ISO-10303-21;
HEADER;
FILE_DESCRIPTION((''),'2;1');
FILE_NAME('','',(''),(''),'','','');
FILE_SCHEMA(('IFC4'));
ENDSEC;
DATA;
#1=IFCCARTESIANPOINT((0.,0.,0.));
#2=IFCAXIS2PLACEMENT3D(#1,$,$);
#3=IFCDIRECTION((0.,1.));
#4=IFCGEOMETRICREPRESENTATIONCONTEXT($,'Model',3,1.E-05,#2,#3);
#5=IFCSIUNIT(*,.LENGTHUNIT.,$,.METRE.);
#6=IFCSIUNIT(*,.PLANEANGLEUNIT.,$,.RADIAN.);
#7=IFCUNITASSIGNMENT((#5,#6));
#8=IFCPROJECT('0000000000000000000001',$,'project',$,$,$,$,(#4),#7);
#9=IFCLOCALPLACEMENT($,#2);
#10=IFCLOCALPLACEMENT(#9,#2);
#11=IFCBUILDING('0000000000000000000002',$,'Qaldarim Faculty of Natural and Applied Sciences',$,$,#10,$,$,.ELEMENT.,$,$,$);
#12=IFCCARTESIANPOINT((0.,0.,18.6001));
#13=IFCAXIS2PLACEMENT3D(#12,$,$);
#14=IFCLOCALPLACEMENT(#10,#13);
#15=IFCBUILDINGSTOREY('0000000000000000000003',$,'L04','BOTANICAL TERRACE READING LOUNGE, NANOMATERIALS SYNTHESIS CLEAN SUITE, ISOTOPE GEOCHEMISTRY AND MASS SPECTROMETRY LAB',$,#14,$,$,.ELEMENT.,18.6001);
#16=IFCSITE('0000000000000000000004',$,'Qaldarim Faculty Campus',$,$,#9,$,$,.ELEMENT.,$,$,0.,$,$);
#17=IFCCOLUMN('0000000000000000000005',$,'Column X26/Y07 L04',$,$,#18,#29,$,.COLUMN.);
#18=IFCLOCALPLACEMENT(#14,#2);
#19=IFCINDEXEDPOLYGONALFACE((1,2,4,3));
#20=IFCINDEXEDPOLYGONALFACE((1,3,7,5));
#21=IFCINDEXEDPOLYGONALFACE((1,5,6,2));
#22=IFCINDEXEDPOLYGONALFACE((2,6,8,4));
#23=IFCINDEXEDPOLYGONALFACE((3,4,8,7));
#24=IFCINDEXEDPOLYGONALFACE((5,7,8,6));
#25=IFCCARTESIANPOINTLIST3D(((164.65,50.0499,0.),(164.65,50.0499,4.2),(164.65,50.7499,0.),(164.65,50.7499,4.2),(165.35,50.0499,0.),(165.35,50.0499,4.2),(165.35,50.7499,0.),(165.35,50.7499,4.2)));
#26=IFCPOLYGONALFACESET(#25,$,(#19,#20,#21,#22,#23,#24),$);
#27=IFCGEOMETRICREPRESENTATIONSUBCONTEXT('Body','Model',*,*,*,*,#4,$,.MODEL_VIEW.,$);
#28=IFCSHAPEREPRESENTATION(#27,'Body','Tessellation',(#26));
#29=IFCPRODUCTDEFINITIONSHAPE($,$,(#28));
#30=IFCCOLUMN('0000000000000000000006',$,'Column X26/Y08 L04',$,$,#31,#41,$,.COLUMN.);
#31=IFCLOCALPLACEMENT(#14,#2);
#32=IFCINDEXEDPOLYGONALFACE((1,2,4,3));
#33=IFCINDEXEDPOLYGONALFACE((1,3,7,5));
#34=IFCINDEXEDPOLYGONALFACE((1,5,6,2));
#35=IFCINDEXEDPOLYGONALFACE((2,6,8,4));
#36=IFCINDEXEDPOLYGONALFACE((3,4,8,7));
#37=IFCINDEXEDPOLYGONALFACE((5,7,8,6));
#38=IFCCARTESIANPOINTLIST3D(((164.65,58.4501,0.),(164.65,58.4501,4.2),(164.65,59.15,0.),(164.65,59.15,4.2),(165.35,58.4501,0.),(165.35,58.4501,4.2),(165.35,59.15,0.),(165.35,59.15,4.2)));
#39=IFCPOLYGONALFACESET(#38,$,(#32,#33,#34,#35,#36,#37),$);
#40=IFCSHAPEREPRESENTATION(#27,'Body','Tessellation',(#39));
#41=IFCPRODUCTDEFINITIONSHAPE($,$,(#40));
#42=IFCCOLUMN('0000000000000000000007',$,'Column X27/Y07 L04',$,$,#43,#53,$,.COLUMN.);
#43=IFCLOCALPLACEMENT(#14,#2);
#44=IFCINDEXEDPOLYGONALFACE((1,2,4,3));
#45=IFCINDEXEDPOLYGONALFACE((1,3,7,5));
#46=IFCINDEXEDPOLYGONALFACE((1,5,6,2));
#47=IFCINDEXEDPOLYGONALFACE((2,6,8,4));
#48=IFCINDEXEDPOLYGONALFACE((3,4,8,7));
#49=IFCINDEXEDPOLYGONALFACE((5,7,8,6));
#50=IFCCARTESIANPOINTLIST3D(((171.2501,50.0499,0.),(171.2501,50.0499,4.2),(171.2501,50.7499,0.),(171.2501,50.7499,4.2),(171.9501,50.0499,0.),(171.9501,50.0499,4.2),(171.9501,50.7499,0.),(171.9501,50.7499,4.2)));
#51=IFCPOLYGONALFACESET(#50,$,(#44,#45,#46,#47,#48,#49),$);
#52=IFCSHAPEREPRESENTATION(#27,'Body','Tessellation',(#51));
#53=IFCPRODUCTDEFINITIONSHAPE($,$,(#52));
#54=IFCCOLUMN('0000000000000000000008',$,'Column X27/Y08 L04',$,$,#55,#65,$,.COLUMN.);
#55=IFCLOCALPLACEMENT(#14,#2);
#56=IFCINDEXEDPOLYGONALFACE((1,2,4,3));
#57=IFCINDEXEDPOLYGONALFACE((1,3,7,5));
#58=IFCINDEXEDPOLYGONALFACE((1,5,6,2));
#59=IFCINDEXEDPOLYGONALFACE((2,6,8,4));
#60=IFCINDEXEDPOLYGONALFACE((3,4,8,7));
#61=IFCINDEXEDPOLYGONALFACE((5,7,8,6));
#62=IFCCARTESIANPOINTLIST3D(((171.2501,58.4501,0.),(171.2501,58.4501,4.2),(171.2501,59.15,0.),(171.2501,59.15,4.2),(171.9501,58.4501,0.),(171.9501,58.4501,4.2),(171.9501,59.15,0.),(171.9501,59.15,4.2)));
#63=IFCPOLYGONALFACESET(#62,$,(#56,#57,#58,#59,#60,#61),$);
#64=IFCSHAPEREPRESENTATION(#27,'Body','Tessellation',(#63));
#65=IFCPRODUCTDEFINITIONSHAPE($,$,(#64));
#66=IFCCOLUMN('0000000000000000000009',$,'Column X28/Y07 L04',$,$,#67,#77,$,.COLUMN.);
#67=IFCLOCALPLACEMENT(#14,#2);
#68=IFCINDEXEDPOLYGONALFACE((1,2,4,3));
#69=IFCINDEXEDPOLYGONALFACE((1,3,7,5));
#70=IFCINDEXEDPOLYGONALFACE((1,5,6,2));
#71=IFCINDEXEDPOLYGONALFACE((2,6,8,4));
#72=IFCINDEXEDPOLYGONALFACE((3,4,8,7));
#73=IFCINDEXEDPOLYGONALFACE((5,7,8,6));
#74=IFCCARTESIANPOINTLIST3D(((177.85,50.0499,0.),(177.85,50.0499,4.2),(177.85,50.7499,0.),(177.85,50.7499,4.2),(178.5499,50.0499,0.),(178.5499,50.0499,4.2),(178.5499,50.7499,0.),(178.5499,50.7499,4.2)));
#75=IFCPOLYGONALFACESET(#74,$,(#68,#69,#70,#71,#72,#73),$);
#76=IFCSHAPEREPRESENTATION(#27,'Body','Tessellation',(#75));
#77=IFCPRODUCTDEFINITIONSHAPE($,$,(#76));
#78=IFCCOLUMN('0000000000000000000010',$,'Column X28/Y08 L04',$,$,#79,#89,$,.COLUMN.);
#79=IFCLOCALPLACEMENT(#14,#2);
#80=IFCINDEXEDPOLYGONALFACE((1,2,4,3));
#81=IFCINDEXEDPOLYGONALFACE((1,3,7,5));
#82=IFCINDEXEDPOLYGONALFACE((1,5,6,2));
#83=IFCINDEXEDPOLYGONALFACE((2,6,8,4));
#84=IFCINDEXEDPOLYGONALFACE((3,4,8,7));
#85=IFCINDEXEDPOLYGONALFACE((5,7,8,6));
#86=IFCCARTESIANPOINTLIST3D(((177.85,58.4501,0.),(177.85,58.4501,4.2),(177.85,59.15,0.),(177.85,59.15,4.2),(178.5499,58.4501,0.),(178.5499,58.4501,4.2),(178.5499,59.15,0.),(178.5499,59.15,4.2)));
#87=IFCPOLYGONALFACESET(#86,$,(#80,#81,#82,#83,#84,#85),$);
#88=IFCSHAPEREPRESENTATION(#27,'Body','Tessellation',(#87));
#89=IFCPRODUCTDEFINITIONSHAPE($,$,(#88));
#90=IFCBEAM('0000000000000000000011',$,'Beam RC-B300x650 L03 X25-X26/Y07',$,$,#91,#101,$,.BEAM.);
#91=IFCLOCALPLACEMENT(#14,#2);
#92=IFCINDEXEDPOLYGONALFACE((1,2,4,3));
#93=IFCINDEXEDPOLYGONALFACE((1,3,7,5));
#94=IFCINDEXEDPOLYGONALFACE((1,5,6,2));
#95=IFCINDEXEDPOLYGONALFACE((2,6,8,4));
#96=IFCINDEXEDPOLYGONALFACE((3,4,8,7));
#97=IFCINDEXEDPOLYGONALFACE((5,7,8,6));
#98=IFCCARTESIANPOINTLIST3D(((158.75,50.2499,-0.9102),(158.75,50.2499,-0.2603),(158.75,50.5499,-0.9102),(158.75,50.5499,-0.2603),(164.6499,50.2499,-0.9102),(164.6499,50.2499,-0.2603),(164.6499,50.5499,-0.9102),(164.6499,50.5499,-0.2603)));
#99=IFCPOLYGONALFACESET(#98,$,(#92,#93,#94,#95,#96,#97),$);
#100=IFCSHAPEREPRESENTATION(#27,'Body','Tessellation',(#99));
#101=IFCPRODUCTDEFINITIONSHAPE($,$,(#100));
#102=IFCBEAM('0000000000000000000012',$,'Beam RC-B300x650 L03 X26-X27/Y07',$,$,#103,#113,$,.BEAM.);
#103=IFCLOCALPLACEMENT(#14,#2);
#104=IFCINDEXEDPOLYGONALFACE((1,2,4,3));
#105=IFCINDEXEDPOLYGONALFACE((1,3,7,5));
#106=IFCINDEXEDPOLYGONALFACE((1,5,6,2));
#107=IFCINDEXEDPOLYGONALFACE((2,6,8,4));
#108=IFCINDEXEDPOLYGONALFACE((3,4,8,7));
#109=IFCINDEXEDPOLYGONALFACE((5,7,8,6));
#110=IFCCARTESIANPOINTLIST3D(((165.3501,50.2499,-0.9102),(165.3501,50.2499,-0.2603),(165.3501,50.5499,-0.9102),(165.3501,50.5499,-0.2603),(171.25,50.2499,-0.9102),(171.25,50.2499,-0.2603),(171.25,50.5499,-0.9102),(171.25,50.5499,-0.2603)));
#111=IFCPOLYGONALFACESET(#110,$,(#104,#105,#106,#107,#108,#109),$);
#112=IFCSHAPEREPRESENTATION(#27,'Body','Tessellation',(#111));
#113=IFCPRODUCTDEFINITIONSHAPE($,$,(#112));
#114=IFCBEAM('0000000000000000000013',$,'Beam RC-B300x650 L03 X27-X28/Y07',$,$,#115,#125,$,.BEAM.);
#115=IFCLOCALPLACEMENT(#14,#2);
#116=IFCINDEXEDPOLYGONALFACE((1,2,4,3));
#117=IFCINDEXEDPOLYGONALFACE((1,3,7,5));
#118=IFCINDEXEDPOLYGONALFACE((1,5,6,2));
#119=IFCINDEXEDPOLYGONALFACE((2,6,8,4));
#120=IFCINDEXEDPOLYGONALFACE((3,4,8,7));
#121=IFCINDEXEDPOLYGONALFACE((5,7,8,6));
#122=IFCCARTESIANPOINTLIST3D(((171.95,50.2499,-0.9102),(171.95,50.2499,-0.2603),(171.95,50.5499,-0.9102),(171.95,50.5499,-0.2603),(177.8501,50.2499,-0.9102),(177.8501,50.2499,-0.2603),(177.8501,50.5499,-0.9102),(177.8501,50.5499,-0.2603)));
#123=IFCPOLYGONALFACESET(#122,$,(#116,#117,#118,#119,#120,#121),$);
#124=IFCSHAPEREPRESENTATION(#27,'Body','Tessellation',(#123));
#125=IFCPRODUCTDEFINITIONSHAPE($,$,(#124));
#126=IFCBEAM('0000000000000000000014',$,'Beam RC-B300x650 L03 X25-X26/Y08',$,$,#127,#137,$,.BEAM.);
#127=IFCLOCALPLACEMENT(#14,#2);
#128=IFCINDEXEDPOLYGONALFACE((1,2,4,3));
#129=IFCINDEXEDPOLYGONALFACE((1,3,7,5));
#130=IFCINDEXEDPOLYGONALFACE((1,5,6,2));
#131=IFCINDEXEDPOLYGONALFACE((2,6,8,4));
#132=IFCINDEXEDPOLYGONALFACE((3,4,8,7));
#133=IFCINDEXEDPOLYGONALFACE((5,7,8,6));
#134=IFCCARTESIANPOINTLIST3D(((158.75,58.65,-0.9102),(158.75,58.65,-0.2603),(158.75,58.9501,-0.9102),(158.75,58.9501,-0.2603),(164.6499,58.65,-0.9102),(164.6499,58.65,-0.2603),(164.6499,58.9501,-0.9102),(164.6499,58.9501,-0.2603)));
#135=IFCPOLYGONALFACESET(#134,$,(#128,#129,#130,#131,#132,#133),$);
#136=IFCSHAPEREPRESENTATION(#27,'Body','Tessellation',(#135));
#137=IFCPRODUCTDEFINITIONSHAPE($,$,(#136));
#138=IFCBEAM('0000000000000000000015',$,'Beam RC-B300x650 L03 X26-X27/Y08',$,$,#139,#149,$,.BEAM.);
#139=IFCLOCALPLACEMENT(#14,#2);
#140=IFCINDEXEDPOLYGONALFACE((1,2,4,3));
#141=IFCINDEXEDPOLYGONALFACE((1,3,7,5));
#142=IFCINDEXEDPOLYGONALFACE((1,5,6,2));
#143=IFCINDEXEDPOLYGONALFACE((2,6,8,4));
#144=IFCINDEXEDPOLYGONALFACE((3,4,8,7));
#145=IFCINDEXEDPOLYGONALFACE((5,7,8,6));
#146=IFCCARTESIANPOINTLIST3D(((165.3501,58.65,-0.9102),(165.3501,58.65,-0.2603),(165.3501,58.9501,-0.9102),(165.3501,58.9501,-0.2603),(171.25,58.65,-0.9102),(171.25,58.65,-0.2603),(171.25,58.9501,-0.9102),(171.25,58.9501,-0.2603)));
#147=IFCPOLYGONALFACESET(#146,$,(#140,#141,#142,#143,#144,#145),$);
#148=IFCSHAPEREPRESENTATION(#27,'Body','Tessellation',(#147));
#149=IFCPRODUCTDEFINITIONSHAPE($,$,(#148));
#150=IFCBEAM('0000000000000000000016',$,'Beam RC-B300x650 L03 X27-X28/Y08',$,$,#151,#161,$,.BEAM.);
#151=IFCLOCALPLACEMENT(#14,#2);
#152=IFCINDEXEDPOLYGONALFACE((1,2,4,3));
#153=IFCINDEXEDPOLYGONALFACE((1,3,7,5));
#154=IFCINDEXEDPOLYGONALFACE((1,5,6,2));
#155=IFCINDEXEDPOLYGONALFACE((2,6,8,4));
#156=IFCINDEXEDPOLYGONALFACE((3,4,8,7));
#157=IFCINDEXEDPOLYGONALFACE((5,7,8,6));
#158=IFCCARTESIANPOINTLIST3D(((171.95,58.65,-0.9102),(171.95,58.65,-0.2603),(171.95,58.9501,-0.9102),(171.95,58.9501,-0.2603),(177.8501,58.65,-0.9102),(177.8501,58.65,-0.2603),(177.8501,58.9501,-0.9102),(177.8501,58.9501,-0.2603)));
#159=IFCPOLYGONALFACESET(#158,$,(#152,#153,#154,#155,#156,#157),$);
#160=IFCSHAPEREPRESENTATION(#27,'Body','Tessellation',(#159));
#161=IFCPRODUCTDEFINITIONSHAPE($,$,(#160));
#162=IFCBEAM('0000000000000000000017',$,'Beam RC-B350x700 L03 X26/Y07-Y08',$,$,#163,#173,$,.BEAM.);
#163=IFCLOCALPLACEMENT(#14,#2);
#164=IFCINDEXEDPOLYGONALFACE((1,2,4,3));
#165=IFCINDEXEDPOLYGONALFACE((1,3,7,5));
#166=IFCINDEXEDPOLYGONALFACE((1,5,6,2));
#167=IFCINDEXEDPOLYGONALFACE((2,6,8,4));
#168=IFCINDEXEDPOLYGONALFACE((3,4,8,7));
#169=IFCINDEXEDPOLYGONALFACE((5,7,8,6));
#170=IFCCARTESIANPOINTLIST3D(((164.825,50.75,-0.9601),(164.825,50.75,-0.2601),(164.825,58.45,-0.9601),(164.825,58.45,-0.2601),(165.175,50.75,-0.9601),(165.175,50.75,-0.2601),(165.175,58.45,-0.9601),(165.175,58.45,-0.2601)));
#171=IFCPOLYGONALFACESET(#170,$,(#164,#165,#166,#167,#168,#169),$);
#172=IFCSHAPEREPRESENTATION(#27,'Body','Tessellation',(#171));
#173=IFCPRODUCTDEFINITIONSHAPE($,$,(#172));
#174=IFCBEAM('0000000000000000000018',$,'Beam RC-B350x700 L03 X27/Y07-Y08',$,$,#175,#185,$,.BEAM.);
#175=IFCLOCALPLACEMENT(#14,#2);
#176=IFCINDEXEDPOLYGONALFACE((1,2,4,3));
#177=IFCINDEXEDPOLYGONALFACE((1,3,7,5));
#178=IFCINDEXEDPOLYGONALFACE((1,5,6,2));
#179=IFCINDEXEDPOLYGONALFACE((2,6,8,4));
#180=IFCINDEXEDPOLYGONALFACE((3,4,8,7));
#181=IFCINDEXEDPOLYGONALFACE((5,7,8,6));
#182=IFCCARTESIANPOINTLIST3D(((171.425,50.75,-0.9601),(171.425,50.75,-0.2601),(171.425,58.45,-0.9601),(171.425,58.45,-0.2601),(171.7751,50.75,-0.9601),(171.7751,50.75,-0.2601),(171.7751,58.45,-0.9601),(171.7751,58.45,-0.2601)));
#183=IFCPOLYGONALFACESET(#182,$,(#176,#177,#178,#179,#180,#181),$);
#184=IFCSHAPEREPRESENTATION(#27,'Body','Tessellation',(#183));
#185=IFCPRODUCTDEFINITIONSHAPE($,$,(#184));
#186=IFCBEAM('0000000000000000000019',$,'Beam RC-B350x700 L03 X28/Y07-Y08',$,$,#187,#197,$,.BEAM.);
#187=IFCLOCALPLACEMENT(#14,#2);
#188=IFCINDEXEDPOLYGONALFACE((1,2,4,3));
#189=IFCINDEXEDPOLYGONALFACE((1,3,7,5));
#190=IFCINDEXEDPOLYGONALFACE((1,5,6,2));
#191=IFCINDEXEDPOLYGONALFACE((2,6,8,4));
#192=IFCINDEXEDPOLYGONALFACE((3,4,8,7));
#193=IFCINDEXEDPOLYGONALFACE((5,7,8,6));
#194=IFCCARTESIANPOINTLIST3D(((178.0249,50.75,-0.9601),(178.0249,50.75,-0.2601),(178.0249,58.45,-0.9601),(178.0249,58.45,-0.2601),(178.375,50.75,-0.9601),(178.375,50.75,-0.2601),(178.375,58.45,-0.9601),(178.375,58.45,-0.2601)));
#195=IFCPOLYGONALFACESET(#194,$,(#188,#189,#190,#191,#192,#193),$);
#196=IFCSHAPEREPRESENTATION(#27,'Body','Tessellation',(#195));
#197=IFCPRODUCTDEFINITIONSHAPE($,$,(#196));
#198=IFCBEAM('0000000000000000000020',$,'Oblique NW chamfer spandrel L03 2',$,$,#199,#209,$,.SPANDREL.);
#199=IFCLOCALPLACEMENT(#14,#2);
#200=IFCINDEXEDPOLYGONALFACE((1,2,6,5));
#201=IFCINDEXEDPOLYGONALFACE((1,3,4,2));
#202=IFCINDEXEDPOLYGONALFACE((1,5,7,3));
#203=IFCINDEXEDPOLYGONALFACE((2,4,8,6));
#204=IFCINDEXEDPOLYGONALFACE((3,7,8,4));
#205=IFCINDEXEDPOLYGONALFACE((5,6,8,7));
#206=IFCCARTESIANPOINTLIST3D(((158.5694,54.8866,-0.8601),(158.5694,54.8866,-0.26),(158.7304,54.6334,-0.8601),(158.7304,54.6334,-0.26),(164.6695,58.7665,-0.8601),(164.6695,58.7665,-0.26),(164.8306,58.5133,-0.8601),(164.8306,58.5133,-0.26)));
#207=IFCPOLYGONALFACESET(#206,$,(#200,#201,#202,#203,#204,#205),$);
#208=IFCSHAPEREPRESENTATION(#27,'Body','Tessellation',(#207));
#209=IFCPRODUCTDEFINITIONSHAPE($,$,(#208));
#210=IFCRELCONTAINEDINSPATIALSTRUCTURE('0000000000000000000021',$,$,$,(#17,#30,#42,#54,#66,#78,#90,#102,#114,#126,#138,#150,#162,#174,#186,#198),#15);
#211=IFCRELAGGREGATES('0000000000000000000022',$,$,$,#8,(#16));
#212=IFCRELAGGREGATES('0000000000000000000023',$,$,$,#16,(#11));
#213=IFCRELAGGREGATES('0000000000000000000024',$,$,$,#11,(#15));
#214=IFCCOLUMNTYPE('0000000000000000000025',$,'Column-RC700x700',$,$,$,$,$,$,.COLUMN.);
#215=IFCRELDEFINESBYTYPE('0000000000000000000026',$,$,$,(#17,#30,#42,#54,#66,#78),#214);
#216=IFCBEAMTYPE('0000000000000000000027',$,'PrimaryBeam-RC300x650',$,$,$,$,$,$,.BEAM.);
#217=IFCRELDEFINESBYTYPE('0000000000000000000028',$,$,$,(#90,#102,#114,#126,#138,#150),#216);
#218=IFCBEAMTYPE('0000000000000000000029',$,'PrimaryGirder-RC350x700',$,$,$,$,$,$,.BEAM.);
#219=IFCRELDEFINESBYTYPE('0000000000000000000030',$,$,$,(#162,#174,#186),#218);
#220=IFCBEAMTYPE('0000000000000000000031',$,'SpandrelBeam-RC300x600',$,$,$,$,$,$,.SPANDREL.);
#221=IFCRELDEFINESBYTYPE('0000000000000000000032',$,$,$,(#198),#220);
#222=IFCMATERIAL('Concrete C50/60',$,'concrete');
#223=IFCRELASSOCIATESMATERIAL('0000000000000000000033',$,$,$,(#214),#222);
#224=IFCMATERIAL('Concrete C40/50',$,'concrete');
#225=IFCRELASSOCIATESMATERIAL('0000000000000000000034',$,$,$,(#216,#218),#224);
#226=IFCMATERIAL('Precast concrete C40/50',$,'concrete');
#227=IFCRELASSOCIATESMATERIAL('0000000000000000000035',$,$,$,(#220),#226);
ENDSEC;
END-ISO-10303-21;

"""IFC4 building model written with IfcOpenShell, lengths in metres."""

from ifc_helpers import new_model, si_unit, direction, frame, origin, origin_2d, place, context, subcontext, project, spatial, rectangle, extrude, material, material_profile, profile_set, type_object, element, save


model = new_model("IFC4")

# Units and contexts
model_context = context("Model", 3, precision=1e-05, world=origin(), true_north=direction((0.0, 1.0)))
body_context = subcontext(model_context, "Body", "Model", "MODEL_VIEW")
ifc_project = project(units=[si_unit("LENGTHUNIT", "METRE"), si_unit("PLANEANGLEUNIT", "RADIAN")], contexts=[model_context])

# Site, building, storey
site_placement = place(None, origin())
site = spatial("IfcSite", under=ifc_project, at=site_placement, Name="Qaldarim Faculty Campus", CompositionType="ELEMENT", RefElevation=0.0)
building_placement = place(site_placement, origin())
building = spatial("IfcBuilding", under=site, at=building_placement, Name="Qaldarim Faculty of Natural and Applied Sciences", CompositionType="ELEMENT")
storey_placement = place(building_placement, frame((0.0, 0.0, 18.6001)))
storey = spatial("IfcBuildingStorey", under=building, at=storey_placement, Name="L04", Description="BOTANICAL TERRACE READING LOUNGE, NANOMATERIALS SYNTHESIS CLEAN SUITE, ISOTOPE GEOCHEMISTRY AND MASS SPECTROMETRY LAB", CompositionType="ELEMENT", Elevation=18.6001)

# Columns
ifc_material_1 = material(Name="Concrete C50/60", Category="concrete")
ifc_material_profile_1 = material_profile(ifc_material_1, rectangle(XDim=0.7, YDim=0.7, at=origin_2d()), Name="RC-C700x700")
ifc_profile_set_1 = profile_set([ifc_material_profile_1], Name="Concrete C50/60")
column_type = type_object("IfcColumnType", Name="Column-RC700x700", PredefinedType="COLUMN", material=ifc_profile_set_1)
for number, where, z_axis, x_axis, name in (
    (1, (165.0, 50.3999, 0.0), (0.0, 0.0, 1.0), (1.0, 0.0, 0.0), "Column X26/Y07 L04"),
    (2, (165.0, 58.8, 0.0), (0.0, 0.0, 1.0), (1.0, 0.0, 0.0), "Column X26/Y08 L04"),
    (3, (171.6001, 50.3999, 0.0), (0.0, 0.0, 1.0), (1.0, 0.0, 0.0), "Column X27/Y07 L04"),
    (4, (171.6001, 58.8, 0.0), (0.0, 0.0, 1.0), (1.0, 0.0, 0.0), "Column X27/Y08 L04"),
    (5, (178.2, 50.3999, 0.0), (0.0, 0.0, 1.0), (1.0, 0.0, 0.0), "Column X28/Y07 L04"),
    (6, (178.2, 58.8, 0.0), (0.0, 0.0, 1.0), (1.0, 0.0, 0.0), "Column X28/Y08 L04"),
):
    element("IfcColumn", number, at=place(storey_placement, frame(where, z_axis=z_axis, x_axis=x_axis)), inside=storey, type_object=column_type, Name=name, PredefinedType="COLUMN", context=body_context, shape_type="SweptSolid", body=[
        extrude(rectangle(XDim=0.7, YDim=0.7, at=origin_2d()), origin(), (0.0, 0.0, 1.0), 4.2),
    ])

# Beams
ifc_material_2 = material(Name="Concrete C40/50", Category="concrete")
ifc_material_profile_2 = material_profile(ifc_material_2, rectangle(XDim=0.3, YDim=0.6499, at=origin_2d()), Name="RC-B300x650")
ifc_profile_set_2 = profile_set([ifc_material_profile_2], Name="Concrete C40/50")
beam_type_1 = type_object("IfcBeamType", Name="PrimaryBeam-RC300x650", PredefinedType="BEAM", material=ifc_profile_set_2)
for number, where, z_axis, x_axis, name in (
    (7, (158.75, 50.3999, -0.5852), (1.0, 0.0, 0.0), (0.0, 1.0, 0.0), "Beam RC-B300x650 L03 X25-X26/Y07"),
    (8, (165.3501, 50.3999, -0.5852), (1.0, 0.0, 0.0), (0.0, 1.0, 0.0), "Beam RC-B300x650 L03 X26-X27/Y07"),
):
    element("IfcBeam", number, at=place(storey_placement, frame(where, z_axis=z_axis, x_axis=x_axis)), inside=storey, type_object=beam_type_1, Name=name, PredefinedType="BEAM", context=body_context, shape_type="SweptSolid", body=[
        extrude(rectangle(XDim=0.3, YDim=0.6499, at=origin_2d()), origin(), (0.0, 0.0, 1.0), 5.8999),
    ])
beam_1_placement = place(storey_placement, frame((171.95, 50.3999, -0.5852), z_axis=(1.0, 0.0, 0.0), x_axis=(0.0, 1.0, 0.0)))
element("IfcBeam", 9, at=beam_1_placement, inside=storey, type_object=beam_type_1, Name="Beam RC-B300x650 L03 X27-X28/Y07", PredefinedType="BEAM", context=body_context, shape_type="SweptSolid", body=[
    extrude(rectangle(XDim=0.3, YDim=0.6499, at=origin_2d()), origin(), (0.0, 0.0, 1.0), 5.9001),
])
for number, where, z_axis, x_axis, name in (
    (10, (158.75, 58.8, -0.5852), (1.0, 0.0, 0.0), (0.0, 1.0, 0.0), "Beam RC-B300x650 L03 X25-X26/Y08"),
    (11, (165.3501, 58.8, -0.5852), (1.0, 0.0, 0.0), (0.0, 1.0, 0.0), "Beam RC-B300x650 L03 X26-X27/Y08"),
):
    element("IfcBeam", number, at=place(storey_placement, frame(where, z_axis=z_axis, x_axis=x_axis)), inside=storey, type_object=beam_type_1, Name=name, PredefinedType="BEAM", context=body_context, shape_type="SweptSolid", body=[
        extrude(rectangle(XDim=0.3, YDim=0.6499, at=origin_2d()), origin(), (0.0, 0.0, 1.0), 5.8999),
    ])
beam_2_placement = place(storey_placement, frame((171.95, 58.8, -0.5852), z_axis=(1.0, 0.0, 0.0), x_axis=(0.0, 1.0, 0.0)))
element("IfcBeam", 12, at=beam_2_placement, inside=storey, type_object=beam_type_1, Name="Beam RC-B300x650 L03 X27-X28/Y08", PredefinedType="BEAM", context=body_context, shape_type="SweptSolid", body=[
    extrude(rectangle(XDim=0.3, YDim=0.6499, at=origin_2d()), origin(), (0.0, 0.0, 1.0), 5.9001),
])
ifc_material_profile_3 = material_profile(ifc_material_2, rectangle(XDim=0.3501, YDim=0.7, at=origin_2d()), Name="RC-B350x700")
ifc_profile_set_3 = profile_set([ifc_material_profile_3], Name="Concrete C40/50")
beam_type_2 = type_object("IfcBeamType", Name="PrimaryGirder-RC350x700", PredefinedType="BEAM", material=ifc_profile_set_3)
for number, where, z_axis, x_axis, name in (
    (13, (165.0, 50.75, -0.6101), (0.0, 1.0, 0.0), (-1.0, 0.0, 0.0), "Beam RC-B350x700 L03 X26/Y07-Y08"),
    (14, (171.6001, 50.75, -0.6101), (0.0, 1.0, 0.0), (-1.0, 0.0, 0.0), "Beam RC-B350x700 L03 X27/Y07-Y08"),
    (15, (178.2, 50.75, -0.6101), (0.0, 1.0, 0.0), (-1.0, 0.0, 0.0), "Beam RC-B350x700 L03 X28/Y07-Y08"),
):
    element("IfcBeam", number, at=place(storey_placement, frame(where, z_axis=z_axis, x_axis=x_axis)), inside=storey, type_object=beam_type_2, Name=name, PredefinedType="BEAM", context=body_context, shape_type="SweptSolid", body=[
        extrude(rectangle(XDim=0.3501, YDim=0.7, at=origin_2d()), origin(), (0.0, 0.0, 1.0), 7.7),
    ])
ifc_material_3 = material(Name="Precast concrete C40/50", Category="concrete")
ifc_material_profile_4 = material_profile(ifc_material_3, rectangle(XDim=0.3, YDim=0.6001, at=origin_2d()), Name="RC-SP300x600")
ifc_profile_set_4 = profile_set([ifc_material_profile_4], Name="Precast concrete C40/50")
beam_type_3 = type_object("IfcBeamType", Name="SpandrelBeam-RC300x600", PredefinedType="SPANDREL", material=ifc_profile_set_4)
beam_3_placement = place(storey_placement, frame((158.6499, 54.76, -0.5601), z_axis=(0.843787, 0.536679, 0.0), x_axis=(-0.536679, 0.843787, 0.0)))
element("IfcBeam", 16, at=beam_3_placement, inside=storey, type_object=beam_type_3, Name="Oblique NW chamfer spandrel L03 2", PredefinedType="SPANDREL", context=body_context, shape_type="SweptSolid", body=[
    extrude(rectangle(XDim=0.3, YDim=0.6001, at=origin_2d()), origin(), (0.0, 0.0, 1.0), 7.2295),
])

save(model, "model.ifc")
